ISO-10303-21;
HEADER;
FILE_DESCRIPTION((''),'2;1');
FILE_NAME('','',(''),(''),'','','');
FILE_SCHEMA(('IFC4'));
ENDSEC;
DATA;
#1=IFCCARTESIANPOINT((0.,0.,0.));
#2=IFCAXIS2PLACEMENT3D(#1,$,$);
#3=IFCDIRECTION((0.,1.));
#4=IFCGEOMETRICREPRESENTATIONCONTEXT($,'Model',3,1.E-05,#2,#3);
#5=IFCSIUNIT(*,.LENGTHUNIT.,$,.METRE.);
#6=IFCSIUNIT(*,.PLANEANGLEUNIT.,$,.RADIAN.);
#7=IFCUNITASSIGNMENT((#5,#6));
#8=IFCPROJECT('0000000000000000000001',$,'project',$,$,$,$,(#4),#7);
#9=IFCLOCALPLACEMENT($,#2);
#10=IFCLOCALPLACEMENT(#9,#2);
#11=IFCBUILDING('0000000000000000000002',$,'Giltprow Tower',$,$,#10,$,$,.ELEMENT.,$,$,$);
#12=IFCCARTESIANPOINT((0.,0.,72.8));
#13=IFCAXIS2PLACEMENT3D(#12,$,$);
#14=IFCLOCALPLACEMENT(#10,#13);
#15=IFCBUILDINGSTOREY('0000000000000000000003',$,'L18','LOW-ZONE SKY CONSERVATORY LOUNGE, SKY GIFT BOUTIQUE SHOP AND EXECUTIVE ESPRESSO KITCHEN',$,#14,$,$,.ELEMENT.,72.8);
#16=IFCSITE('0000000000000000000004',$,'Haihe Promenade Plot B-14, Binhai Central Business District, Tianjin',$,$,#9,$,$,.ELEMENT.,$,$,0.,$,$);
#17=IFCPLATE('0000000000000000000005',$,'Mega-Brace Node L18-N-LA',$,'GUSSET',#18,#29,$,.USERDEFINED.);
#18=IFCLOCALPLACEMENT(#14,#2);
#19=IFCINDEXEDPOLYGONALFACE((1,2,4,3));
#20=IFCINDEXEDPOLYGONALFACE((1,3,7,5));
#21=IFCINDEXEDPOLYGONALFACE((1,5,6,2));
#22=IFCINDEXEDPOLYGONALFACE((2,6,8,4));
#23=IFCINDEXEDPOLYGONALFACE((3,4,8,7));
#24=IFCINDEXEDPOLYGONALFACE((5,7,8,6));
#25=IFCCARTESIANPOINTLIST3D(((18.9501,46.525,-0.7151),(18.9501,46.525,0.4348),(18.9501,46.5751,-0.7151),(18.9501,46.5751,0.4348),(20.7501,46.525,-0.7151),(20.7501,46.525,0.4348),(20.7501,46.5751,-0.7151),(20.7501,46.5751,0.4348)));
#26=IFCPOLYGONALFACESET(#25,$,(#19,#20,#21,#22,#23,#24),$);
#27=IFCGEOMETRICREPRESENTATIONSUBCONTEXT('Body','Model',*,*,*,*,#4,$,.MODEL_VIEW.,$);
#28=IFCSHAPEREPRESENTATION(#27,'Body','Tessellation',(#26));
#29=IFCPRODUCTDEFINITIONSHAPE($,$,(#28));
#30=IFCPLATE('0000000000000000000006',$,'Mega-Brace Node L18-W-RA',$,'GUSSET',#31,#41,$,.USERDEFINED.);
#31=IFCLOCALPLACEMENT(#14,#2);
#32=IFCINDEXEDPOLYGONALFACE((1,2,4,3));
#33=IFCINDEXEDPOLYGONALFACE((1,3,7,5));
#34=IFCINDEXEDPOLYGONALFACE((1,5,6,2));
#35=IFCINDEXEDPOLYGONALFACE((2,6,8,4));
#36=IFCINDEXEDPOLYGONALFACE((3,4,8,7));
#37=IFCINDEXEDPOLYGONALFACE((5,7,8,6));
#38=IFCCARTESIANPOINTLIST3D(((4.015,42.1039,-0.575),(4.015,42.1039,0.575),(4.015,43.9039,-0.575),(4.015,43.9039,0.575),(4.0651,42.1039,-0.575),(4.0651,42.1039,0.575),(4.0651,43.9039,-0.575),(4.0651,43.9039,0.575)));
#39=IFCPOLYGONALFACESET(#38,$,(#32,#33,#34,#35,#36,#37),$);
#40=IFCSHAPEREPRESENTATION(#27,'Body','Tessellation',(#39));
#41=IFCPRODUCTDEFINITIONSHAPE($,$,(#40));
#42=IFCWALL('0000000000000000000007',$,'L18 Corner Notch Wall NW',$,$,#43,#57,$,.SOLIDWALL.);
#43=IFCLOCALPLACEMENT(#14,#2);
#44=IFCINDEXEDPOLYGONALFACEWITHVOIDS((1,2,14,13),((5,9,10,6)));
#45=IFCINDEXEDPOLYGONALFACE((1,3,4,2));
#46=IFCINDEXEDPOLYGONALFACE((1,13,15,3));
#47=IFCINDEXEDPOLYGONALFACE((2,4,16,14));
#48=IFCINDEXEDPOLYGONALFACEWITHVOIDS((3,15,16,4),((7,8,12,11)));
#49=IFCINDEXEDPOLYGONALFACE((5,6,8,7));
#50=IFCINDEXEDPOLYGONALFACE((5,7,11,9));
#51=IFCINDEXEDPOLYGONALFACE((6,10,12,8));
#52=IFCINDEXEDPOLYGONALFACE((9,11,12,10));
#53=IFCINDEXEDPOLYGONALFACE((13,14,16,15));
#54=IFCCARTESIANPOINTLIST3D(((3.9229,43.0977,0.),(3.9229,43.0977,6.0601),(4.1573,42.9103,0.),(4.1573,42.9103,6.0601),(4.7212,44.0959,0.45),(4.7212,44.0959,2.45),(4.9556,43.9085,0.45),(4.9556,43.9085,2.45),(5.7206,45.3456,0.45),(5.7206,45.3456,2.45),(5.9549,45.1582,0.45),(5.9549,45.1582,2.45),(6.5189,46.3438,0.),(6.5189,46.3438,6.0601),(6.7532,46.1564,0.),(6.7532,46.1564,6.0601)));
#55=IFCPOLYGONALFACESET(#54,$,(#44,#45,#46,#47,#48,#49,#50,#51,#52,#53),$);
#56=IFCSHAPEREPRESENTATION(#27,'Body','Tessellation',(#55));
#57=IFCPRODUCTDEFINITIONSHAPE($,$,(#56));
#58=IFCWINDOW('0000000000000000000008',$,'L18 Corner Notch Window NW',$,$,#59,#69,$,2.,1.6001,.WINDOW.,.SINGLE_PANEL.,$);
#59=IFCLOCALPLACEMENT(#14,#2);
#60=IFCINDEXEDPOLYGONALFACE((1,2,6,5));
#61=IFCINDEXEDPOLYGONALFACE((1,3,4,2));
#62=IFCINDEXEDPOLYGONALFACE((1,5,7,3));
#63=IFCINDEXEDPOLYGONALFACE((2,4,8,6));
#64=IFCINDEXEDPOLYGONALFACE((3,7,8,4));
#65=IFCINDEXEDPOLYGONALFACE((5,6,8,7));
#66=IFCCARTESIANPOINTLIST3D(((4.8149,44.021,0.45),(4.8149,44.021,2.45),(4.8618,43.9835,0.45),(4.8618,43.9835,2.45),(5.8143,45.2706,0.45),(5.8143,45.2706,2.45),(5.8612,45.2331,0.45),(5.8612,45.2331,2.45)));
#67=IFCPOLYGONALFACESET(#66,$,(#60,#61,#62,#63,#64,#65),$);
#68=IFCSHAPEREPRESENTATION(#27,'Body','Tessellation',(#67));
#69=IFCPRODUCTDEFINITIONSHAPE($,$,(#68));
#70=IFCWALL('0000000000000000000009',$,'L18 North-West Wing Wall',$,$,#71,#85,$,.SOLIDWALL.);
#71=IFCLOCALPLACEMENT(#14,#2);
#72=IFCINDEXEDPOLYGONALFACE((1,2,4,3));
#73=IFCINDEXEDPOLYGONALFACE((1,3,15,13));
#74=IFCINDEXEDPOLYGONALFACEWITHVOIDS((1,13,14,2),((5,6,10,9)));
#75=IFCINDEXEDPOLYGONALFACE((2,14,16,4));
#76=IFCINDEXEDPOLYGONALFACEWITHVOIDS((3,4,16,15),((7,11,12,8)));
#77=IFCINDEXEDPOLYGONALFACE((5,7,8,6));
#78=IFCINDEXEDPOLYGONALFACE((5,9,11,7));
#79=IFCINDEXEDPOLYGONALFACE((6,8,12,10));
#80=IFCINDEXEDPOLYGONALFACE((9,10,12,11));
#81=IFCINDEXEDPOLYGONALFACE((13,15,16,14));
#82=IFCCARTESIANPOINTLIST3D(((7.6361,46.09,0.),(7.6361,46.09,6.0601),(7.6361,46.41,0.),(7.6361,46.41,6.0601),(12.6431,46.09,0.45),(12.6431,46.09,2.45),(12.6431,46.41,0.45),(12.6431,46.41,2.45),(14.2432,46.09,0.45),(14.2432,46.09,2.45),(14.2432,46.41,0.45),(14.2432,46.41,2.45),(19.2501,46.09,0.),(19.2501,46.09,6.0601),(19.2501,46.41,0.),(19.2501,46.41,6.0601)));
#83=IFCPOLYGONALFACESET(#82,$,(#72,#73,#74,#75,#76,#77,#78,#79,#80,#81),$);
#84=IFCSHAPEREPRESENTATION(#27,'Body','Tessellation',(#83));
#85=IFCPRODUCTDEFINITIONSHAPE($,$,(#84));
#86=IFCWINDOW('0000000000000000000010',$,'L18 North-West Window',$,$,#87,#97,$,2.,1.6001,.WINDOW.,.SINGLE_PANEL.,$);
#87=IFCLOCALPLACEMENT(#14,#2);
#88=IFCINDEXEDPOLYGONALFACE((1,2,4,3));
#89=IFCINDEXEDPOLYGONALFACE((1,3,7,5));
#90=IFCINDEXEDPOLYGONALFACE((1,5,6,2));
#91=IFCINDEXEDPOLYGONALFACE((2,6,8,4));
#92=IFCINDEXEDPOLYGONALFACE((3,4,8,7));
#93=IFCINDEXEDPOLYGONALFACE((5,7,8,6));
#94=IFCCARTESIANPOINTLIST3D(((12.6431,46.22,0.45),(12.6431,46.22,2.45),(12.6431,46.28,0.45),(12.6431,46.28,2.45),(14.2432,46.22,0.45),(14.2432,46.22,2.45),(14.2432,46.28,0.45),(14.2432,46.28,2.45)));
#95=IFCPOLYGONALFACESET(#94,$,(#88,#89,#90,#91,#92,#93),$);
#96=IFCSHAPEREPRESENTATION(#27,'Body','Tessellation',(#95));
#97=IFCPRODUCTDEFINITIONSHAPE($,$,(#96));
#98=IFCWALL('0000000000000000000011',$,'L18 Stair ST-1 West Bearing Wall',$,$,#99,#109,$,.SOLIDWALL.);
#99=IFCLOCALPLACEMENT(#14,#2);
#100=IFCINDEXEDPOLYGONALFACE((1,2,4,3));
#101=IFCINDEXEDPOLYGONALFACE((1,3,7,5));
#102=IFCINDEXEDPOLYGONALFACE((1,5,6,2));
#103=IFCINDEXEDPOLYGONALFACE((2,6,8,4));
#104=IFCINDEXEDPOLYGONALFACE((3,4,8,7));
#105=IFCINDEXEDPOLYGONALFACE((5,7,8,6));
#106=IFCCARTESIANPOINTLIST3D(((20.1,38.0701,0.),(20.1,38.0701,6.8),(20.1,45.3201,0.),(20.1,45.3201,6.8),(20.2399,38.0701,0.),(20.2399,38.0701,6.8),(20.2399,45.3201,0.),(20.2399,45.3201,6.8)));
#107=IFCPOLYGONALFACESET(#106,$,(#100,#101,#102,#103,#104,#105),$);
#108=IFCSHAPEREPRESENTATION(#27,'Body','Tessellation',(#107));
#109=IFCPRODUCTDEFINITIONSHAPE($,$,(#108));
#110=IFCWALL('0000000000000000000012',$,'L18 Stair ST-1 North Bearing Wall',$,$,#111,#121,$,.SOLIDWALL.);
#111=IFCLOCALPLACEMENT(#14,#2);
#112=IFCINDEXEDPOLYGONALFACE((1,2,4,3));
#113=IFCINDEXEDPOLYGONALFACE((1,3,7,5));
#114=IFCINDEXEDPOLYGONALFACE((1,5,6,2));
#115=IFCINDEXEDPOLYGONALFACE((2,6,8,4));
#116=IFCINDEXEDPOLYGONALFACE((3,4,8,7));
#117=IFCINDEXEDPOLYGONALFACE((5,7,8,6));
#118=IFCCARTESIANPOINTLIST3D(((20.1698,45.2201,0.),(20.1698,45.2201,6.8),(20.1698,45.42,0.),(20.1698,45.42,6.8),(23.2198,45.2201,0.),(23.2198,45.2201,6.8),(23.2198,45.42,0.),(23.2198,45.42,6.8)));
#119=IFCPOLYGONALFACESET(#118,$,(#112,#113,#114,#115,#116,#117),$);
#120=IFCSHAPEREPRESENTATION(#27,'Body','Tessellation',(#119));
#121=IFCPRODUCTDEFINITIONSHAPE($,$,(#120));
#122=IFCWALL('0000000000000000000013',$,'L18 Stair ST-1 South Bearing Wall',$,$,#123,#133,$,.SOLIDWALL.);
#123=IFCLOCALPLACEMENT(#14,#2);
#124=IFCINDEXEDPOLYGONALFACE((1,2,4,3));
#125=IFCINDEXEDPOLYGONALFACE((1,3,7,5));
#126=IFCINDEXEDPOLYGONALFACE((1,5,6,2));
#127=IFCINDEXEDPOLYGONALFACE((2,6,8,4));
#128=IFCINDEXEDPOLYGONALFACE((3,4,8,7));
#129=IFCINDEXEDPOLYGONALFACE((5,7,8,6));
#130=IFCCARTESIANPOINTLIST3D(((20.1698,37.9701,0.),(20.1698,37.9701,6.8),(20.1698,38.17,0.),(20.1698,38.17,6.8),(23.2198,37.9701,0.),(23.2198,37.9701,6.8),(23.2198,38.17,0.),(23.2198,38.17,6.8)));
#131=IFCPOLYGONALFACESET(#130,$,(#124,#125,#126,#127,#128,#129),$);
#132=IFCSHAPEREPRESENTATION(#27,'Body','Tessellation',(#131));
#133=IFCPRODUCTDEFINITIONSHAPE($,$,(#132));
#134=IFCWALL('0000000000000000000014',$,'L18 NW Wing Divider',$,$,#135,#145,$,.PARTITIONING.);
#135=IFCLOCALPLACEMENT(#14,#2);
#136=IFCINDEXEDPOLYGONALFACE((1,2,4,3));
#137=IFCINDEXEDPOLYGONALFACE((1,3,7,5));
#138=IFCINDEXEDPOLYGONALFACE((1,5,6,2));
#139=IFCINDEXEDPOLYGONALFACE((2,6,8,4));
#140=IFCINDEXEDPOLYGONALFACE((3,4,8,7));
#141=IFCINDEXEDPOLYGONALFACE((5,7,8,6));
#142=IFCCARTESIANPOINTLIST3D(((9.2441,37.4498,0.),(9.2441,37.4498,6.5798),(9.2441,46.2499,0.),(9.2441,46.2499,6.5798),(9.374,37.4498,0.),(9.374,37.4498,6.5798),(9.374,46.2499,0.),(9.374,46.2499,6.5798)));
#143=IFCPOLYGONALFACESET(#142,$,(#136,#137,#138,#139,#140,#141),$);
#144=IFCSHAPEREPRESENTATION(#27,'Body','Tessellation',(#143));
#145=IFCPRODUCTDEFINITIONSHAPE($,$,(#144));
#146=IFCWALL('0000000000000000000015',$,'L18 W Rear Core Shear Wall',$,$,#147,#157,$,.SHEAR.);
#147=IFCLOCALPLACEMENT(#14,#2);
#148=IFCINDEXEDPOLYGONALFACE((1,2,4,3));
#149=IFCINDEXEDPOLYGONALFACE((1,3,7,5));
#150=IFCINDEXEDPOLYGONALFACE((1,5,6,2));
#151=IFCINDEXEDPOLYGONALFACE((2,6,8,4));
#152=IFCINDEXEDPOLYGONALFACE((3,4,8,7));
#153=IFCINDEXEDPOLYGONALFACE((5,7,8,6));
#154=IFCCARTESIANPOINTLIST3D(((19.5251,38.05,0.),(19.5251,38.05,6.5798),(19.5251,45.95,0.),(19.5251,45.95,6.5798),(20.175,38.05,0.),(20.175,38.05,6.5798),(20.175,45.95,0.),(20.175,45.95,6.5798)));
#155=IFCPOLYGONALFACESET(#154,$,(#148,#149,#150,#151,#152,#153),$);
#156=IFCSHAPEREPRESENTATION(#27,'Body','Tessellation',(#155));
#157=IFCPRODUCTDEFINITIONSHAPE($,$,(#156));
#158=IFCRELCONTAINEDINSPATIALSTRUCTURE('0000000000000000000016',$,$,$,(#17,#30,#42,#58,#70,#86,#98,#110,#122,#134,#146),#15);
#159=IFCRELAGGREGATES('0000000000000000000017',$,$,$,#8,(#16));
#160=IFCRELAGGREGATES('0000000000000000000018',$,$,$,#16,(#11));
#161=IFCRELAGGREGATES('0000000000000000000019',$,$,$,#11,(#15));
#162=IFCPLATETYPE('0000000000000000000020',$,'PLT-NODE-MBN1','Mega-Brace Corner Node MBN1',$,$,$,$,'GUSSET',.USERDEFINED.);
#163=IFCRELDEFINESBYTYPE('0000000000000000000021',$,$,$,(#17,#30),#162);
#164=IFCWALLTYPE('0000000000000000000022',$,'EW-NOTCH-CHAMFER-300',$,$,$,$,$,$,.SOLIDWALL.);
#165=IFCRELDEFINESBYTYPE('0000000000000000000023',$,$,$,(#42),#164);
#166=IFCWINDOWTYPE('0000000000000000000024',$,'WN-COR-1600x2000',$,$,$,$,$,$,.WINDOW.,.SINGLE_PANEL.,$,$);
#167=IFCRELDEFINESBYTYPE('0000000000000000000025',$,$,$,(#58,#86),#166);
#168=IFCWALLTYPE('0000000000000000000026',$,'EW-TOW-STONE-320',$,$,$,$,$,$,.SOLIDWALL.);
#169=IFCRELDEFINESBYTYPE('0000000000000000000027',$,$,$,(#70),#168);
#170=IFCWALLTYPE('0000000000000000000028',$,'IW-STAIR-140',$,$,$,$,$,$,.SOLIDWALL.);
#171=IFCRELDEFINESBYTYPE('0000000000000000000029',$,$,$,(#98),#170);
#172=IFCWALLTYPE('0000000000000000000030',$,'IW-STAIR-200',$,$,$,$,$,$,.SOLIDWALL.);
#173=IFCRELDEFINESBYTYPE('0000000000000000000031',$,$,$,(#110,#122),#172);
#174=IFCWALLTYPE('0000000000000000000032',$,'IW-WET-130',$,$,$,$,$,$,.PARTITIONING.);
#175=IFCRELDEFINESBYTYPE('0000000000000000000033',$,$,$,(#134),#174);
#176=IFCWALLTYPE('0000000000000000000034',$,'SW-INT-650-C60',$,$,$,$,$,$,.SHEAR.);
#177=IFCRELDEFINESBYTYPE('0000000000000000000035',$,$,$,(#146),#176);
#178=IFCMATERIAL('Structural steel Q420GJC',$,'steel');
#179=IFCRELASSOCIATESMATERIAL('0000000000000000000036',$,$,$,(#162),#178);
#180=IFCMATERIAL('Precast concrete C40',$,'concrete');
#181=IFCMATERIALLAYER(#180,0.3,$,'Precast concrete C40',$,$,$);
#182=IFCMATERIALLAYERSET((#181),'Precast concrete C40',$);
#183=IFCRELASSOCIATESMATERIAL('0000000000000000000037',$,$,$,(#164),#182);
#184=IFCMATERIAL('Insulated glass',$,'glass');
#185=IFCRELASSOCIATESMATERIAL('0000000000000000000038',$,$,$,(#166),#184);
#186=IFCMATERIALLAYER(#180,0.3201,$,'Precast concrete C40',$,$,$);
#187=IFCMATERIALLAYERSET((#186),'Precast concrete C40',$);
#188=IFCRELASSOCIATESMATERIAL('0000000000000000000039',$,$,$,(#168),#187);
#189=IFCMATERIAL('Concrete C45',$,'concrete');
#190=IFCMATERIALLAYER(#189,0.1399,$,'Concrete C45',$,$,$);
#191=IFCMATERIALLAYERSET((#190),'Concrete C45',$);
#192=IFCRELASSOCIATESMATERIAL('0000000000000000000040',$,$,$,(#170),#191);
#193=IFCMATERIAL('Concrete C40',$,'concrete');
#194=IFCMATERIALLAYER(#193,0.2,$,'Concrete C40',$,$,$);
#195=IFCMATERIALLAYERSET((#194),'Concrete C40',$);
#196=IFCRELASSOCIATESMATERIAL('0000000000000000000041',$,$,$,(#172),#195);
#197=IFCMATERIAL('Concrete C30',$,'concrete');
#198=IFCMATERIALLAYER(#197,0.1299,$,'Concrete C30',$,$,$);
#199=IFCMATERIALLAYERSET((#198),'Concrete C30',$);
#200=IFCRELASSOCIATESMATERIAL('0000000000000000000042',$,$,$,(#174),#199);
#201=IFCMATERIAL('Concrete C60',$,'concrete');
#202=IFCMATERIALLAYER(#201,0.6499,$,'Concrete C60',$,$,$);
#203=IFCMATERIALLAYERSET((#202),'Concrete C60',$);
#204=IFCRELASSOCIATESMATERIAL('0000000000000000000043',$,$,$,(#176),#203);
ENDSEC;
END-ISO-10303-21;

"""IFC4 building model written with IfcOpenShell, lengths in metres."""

from ifc_helpers import new_model, si_unit, direction, frame, frame_2d, origin, origin_2d, place, context, subcontext, project, spatial, rectangle, extrude, source, transform, mapped, material, layer, layer_set, type_object, element, fill, save


model = new_model("IFC4")

# Units and contexts
model_context = context("Model", 3, precision=1e-05, world=origin(), true_north=direction((0.0, 1.0)))
body_context = subcontext(model_context, "Body", "Model", "MODEL_VIEW")
ifc_project = project(units=[si_unit("LENGTHUNIT", "METRE"), si_unit("PLANEANGLEUNIT", "RADIAN")], contexts=[model_context])

# Site, building, storey
site_placement = place(None, origin())
site = spatial("IfcSite", under=ifc_project, at=site_placement, Name="Haihe Promenade Plot B-14, Binhai Central Business District, Tianjin", CompositionType="ELEMENT", RefElevation=0.0)
building_placement = place(site_placement, origin())
building = spatial("IfcBuilding", under=site, at=building_placement, Name="Giltprow Tower", CompositionType="ELEMENT")
storey_placement = place(building_placement, frame((0.0, 0.0, 72.8)))
storey = spatial("IfcBuildingStorey", under=building, at=storey_placement, Name="L18", Description="LOW-ZONE SKY CONSERVATORY LOUNGE, SKY GIFT BOUTIQUE SHOP AND EXECUTIVE ESPRESSO KITCHEN", CompositionType="ELEMENT", Elevation=72.8)

# Shared definitions
ifc_material_1 = material(Name="Concrete C60", Category="concrete")
ifc_material_2 = material(Name="Structural steel Q420GJC", Category="steel")

# Plates
plate_type = type_object("IfcPlateType", Name="PLT-NODE-MBN1", Description="Mega-Brace Corner Node MBN1", ElementType="GUSSET", PredefinedType="USERDEFINED", material=ifc_material_2)
shared_shape_1 = source(origin(), body_context, "Body", "SweptSolid", [
    extrude(rectangle(XDim=1.8, YDim=0.05, at=origin_2d()), origin(), (0.0, 0.0, 1.0), 1.1499),
])
for number, where, z_axis, x_axis, name in (
    (1, (19.8501, 46.55, -0.7151), (0.0, 0.0, 1.0), (1.0, 0.0, 0.0), "Mega-Brace Node L18-N-LA"),
    (2, (4.04, 43.0039, -0.575), (0.0, 0.0, 1.0), (0.0, 1.0, 0.0), "Mega-Brace Node L18-W-RA"),
):
    element("IfcPlate", number, at=place(storey_placement, frame(where, z_axis=z_axis, x_axis=x_axis)), inside=storey, type_object=plate_type, Name=name, ObjectType="GUSSET", PredefinedType="USERDEFINED", context=body_context, shape_type="MappedRepresentation", body=[
        mapped(shared_shape_1, transform((0.0, 0.0, 0.0), x_axis=(1.0, 0.0, 0.0), y_axis=(0.0, 1.0, 0.0), z_axis=(0.0, 0.0, 1.0), scale=1.0)),
    ])

# Walls, openings, windows
ifc_material_3 = material(Name="Precast concrete C40", Category="concrete")
ifc_layer_1 = layer(ifc_material_3, 0.3, Name="Precast concrete C40")
ifc_layer_set_1 = layer_set([ifc_layer_1], Name="Precast concrete C40")
wall_type_1 = type_object("IfcWallType", Name="EW-NOTCH-CHAMFER-300", PredefinedType="SOLIDWALL", material=ifc_layer_set_1)
wall_1_placement = place(storey_placement, frame((6.636, 46.25, 0.0), z_axis=(0.0, 0.0, 1.0), x_axis=(-0.624559, -0.780978, 0.0)))
wall_1 = element("IfcWall", 3, at=wall_1_placement, inside=storey, type_object=wall_type_1, Name="L18 Corner Notch Wall NW", PredefinedType="SOLIDWALL", context=body_context, shape_type="SweptSolid", body=[
    extrude(rectangle(XDim=4.1565, YDim=0.3, at=frame_2d((2.0781, 0.0))), origin(), (0.0, 0.0, 1.0), 6.0601),
])
opening_1_placement = place(wall_1_placement, frame((1.2781, 0.0, 0.45)))
opening_1 = element("IfcOpeningElement", 4, at=opening_1_placement, cuts=wall_1, PredefinedType="OPENING", context=body_context, shape_type="SweptSolid", body=[
    extrude(rectangle(XDim=1.6001, YDim=2.0, at=frame_2d((0.8, 1.0))), frame((0.0, 0.1599, 0.0), z_axis=(0.0, -1.0, 0.0), x_axis=(1.0, 0.0, 0.0)), (0.0, 0.0, 1.0), 0.3201),
])
ifc_material_4 = material(Name="Insulated glass", Category="glass")
window_type = type_object("IfcWindowType", Name="WN-COR-1600x2000", PartitioningType="SINGLE_PANEL", PredefinedType="WINDOW", material=ifc_material_4)
shared_shape_2 = source(origin(), body_context, "Body", "SweptSolid", [
    extrude(rectangle(XDim=1.6001, YDim=2.0, at=frame_2d((0.8, 1.0))), frame((0.0, 0.03, 0.0), z_axis=(0.0, -1.0, 0.0), x_axis=(1.0, 0.0, 0.0)), (0.0, 0.0, 1.0), 0.0601),
])
window_1_placement = place(opening_1_placement, origin())
window_1 = element("IfcWindow", 5, at=window_1_placement, inside=storey, type_object=window_type, Name="L18 Corner Notch Window NW", OverallHeight=2.0, OverallWidth=1.6001, PartitioningType="SINGLE_PANEL", PredefinedType="WINDOW", context=body_context, shape_type="MappedRepresentation", body=[
    mapped(shared_shape_2, transform((0.0, 0.0, 0.0), x_axis=(1.0, 0.0, 0.0), y_axis=(0.0, 1.0, 0.0), z_axis=(0.0, 0.0, 1.0), scale=1.0)),
])
fill(opening_1, window_1)
ifc_layer_2 = layer(ifc_material_3, 0.3201, Name="Precast concrete C40")
ifc_layer_set_2 = layer_set([ifc_layer_2], Name="Precast concrete C40")
wall_type_2 = type_object("IfcWallType", Name="EW-TOW-STONE-320", PredefinedType="SOLIDWALL", material=ifc_layer_set_2)
wall_2_placement = place(storey_placement, frame((7.636, 46.25, 0.0), z_axis=(0.0, 0.0, 1.0), x_axis=(1.0, 0.0, 0.0)))
wall_2 = element("IfcWall", 6, at=wall_2_placement, inside=storey, type_object=wall_type_2, Name="L18 North-West Wing Wall", PredefinedType="SOLIDWALL", context=body_context, shape_type="SweptSolid", body=[
    extrude(rectangle(XDim=11.614, YDim=0.3201, at=frame_2d((5.8071, 0.0))), origin(), (0.0, 0.0, 1.0), 6.0601),
])
opening_2_placement = place(wall_2_placement, frame((5.0071, 0.0, 0.45)))
opening_2 = element("IfcOpeningElement", 7, at=opening_2_placement, cuts=wall_2, PredefinedType="OPENING", context=body_context, shape_type="SweptSolid", body=[
    extrude(rectangle(XDim=1.6001, YDim=2.0, at=frame_2d((0.8, 1.0))), frame((0.0, 0.1699, 0.0), z_axis=(0.0, -1.0, 0.0), x_axis=(1.0, 0.0, 0.0)), (0.0, 0.0, 1.0), 0.3401),
])
window_2_placement = place(opening_2_placement, origin())
window_2 = element("IfcWindow", 8, at=window_2_placement, inside=storey, type_object=window_type, Name="L18 North-West Window", OverallHeight=2.0, OverallWidth=1.6001, PartitioningType="SINGLE_PANEL", PredefinedType="WINDOW", context=body_context, shape_type="MappedRepresentation", body=[
    mapped(shared_shape_2, transform((0.0, 0.0, 0.0), x_axis=(1.0, 0.0, 0.0), y_axis=(0.0, 1.0, 0.0), z_axis=(0.0, 0.0, 1.0), scale=1.0)),
])
fill(opening_2, window_2)

# Walls
ifc_material_5 = material(Name="Concrete C45", Category="concrete")
ifc_layer_3 = layer(ifc_material_5, 0.1399, Name="Concrete C45")
ifc_layer_set_3 = layer_set([ifc_layer_3], Name="Concrete C45")
wall_type_3 = type_object("IfcWallType", Name="IW-STAIR-140", PredefinedType="SOLIDWALL", material=ifc_layer_set_3)
wall_3_placement = place(storey_placement, frame((20.1699, 38.0701, 0.0), z_axis=(0.0, 0.0, 1.0), x_axis=(0.0, 1.0, 0.0)))
element("IfcWall", 9, at=wall_3_placement, inside=storey, type_object=wall_type_3, Name="L18 Stair ST-1 West Bearing Wall", PredefinedType="SOLIDWALL", context=body_context, shape_type="SweptSolid", body=[
    extrude(rectangle(XDim=7.25, YDim=0.1399, at=frame_2d((3.625, 0.0))), origin(), (0.0, 0.0, 1.0), 6.8),
])
ifc_material_6 = material(Name="Concrete C40", Category="concrete")
ifc_layer_4 = layer(ifc_material_6, 0.2, Name="Concrete C40")
ifc_layer_set_4 = layer_set([ifc_layer_4], Name="Concrete C40")
wall_type_4 = type_object("IfcWallType", Name="IW-STAIR-200", PredefinedType="SOLIDWALL", material=ifc_layer_set_4)
for number, where, z_axis, x_axis, name in (
    (10, (20.1699, 45.3201, 0.0), (0.0, 0.0, 1.0), (1.0, 0.0, 0.0), "L18 Stair ST-1 North Bearing Wall"),
    (11, (20.1699, 38.0701, 0.0), (0.0, 0.0, 1.0), (1.0, 0.0, 0.0), "L18 Stair ST-1 South Bearing Wall"),
):
    element("IfcWall", number, at=place(storey_placement, frame(where, z_axis=z_axis, x_axis=x_axis)), inside=storey, type_object=wall_type_4, Name=name, PredefinedType="SOLIDWALL", context=body_context, shape_type="SweptSolid", body=[
        extrude(rectangle(XDim=3.05, YDim=0.2, at=frame_2d((1.5249, 0.0))), origin(), (0.0, 0.0, 1.0), 6.8),
    ])
ifc_material_7 = material(Name="Concrete C30", Category="concrete")
ifc_layer_5 = layer(ifc_material_7, 0.1299, Name="Concrete C30")
ifc_layer_set_5 = layer_set([ifc_layer_5], Name="Concrete C30")
wall_type_5 = type_object("IfcWallType", Name="IW-WET-130", PredefinedType="PARTITIONING", material=ifc_layer_set_5)
wall_4_placement = place(storey_placement, frame((9.3091, 37.45, 0.0), z_axis=(0.0, 0.0, 1.0), x_axis=(0.0, 1.0, 0.0)))
element("IfcWall", 12, at=wall_4_placement, inside=storey, type_object=wall_type_5, Name="L18 NW Wing Divider", PredefinedType="PARTITIONING", context=body_context, shape_type="SweptSolid", body=[
    extrude(rectangle(XDim=8.8, YDim=0.1299, at=frame_2d((4.3999, 0.0))), origin(), (0.0, 0.0, 1.0), 6.5798),
])
ifc_layer_6 = layer(ifc_material_1, 0.6499, Name="Concrete C60")
ifc_layer_set_6 = layer_set([ifc_layer_6], Name="Concrete C60")
wall_type_6 = type_object("IfcWallType", Name="SW-INT-650-C60", PredefinedType="SHEAR", material=ifc_layer_set_6)
wall_5_placement = place(storey_placement, frame((19.8501, 38.05, 0.0), z_axis=(0.0, 0.0, 1.0), x_axis=(0.0, 1.0, 0.0)))
element("IfcWall", 13, at=wall_5_placement, inside=storey, type_object=wall_type_6, Name="L18 W Rear Core Shear Wall", PredefinedType="SHEAR", context=body_context, shape_type="SweptSolid", body=[
    extrude(rectangle(XDim=7.8999, YDim=0.6499, at=frame_2d((3.95, 0.0))), origin(), (0.0, 0.0, 1.0), 6.5798),
])

save(model, "model.ifc")
